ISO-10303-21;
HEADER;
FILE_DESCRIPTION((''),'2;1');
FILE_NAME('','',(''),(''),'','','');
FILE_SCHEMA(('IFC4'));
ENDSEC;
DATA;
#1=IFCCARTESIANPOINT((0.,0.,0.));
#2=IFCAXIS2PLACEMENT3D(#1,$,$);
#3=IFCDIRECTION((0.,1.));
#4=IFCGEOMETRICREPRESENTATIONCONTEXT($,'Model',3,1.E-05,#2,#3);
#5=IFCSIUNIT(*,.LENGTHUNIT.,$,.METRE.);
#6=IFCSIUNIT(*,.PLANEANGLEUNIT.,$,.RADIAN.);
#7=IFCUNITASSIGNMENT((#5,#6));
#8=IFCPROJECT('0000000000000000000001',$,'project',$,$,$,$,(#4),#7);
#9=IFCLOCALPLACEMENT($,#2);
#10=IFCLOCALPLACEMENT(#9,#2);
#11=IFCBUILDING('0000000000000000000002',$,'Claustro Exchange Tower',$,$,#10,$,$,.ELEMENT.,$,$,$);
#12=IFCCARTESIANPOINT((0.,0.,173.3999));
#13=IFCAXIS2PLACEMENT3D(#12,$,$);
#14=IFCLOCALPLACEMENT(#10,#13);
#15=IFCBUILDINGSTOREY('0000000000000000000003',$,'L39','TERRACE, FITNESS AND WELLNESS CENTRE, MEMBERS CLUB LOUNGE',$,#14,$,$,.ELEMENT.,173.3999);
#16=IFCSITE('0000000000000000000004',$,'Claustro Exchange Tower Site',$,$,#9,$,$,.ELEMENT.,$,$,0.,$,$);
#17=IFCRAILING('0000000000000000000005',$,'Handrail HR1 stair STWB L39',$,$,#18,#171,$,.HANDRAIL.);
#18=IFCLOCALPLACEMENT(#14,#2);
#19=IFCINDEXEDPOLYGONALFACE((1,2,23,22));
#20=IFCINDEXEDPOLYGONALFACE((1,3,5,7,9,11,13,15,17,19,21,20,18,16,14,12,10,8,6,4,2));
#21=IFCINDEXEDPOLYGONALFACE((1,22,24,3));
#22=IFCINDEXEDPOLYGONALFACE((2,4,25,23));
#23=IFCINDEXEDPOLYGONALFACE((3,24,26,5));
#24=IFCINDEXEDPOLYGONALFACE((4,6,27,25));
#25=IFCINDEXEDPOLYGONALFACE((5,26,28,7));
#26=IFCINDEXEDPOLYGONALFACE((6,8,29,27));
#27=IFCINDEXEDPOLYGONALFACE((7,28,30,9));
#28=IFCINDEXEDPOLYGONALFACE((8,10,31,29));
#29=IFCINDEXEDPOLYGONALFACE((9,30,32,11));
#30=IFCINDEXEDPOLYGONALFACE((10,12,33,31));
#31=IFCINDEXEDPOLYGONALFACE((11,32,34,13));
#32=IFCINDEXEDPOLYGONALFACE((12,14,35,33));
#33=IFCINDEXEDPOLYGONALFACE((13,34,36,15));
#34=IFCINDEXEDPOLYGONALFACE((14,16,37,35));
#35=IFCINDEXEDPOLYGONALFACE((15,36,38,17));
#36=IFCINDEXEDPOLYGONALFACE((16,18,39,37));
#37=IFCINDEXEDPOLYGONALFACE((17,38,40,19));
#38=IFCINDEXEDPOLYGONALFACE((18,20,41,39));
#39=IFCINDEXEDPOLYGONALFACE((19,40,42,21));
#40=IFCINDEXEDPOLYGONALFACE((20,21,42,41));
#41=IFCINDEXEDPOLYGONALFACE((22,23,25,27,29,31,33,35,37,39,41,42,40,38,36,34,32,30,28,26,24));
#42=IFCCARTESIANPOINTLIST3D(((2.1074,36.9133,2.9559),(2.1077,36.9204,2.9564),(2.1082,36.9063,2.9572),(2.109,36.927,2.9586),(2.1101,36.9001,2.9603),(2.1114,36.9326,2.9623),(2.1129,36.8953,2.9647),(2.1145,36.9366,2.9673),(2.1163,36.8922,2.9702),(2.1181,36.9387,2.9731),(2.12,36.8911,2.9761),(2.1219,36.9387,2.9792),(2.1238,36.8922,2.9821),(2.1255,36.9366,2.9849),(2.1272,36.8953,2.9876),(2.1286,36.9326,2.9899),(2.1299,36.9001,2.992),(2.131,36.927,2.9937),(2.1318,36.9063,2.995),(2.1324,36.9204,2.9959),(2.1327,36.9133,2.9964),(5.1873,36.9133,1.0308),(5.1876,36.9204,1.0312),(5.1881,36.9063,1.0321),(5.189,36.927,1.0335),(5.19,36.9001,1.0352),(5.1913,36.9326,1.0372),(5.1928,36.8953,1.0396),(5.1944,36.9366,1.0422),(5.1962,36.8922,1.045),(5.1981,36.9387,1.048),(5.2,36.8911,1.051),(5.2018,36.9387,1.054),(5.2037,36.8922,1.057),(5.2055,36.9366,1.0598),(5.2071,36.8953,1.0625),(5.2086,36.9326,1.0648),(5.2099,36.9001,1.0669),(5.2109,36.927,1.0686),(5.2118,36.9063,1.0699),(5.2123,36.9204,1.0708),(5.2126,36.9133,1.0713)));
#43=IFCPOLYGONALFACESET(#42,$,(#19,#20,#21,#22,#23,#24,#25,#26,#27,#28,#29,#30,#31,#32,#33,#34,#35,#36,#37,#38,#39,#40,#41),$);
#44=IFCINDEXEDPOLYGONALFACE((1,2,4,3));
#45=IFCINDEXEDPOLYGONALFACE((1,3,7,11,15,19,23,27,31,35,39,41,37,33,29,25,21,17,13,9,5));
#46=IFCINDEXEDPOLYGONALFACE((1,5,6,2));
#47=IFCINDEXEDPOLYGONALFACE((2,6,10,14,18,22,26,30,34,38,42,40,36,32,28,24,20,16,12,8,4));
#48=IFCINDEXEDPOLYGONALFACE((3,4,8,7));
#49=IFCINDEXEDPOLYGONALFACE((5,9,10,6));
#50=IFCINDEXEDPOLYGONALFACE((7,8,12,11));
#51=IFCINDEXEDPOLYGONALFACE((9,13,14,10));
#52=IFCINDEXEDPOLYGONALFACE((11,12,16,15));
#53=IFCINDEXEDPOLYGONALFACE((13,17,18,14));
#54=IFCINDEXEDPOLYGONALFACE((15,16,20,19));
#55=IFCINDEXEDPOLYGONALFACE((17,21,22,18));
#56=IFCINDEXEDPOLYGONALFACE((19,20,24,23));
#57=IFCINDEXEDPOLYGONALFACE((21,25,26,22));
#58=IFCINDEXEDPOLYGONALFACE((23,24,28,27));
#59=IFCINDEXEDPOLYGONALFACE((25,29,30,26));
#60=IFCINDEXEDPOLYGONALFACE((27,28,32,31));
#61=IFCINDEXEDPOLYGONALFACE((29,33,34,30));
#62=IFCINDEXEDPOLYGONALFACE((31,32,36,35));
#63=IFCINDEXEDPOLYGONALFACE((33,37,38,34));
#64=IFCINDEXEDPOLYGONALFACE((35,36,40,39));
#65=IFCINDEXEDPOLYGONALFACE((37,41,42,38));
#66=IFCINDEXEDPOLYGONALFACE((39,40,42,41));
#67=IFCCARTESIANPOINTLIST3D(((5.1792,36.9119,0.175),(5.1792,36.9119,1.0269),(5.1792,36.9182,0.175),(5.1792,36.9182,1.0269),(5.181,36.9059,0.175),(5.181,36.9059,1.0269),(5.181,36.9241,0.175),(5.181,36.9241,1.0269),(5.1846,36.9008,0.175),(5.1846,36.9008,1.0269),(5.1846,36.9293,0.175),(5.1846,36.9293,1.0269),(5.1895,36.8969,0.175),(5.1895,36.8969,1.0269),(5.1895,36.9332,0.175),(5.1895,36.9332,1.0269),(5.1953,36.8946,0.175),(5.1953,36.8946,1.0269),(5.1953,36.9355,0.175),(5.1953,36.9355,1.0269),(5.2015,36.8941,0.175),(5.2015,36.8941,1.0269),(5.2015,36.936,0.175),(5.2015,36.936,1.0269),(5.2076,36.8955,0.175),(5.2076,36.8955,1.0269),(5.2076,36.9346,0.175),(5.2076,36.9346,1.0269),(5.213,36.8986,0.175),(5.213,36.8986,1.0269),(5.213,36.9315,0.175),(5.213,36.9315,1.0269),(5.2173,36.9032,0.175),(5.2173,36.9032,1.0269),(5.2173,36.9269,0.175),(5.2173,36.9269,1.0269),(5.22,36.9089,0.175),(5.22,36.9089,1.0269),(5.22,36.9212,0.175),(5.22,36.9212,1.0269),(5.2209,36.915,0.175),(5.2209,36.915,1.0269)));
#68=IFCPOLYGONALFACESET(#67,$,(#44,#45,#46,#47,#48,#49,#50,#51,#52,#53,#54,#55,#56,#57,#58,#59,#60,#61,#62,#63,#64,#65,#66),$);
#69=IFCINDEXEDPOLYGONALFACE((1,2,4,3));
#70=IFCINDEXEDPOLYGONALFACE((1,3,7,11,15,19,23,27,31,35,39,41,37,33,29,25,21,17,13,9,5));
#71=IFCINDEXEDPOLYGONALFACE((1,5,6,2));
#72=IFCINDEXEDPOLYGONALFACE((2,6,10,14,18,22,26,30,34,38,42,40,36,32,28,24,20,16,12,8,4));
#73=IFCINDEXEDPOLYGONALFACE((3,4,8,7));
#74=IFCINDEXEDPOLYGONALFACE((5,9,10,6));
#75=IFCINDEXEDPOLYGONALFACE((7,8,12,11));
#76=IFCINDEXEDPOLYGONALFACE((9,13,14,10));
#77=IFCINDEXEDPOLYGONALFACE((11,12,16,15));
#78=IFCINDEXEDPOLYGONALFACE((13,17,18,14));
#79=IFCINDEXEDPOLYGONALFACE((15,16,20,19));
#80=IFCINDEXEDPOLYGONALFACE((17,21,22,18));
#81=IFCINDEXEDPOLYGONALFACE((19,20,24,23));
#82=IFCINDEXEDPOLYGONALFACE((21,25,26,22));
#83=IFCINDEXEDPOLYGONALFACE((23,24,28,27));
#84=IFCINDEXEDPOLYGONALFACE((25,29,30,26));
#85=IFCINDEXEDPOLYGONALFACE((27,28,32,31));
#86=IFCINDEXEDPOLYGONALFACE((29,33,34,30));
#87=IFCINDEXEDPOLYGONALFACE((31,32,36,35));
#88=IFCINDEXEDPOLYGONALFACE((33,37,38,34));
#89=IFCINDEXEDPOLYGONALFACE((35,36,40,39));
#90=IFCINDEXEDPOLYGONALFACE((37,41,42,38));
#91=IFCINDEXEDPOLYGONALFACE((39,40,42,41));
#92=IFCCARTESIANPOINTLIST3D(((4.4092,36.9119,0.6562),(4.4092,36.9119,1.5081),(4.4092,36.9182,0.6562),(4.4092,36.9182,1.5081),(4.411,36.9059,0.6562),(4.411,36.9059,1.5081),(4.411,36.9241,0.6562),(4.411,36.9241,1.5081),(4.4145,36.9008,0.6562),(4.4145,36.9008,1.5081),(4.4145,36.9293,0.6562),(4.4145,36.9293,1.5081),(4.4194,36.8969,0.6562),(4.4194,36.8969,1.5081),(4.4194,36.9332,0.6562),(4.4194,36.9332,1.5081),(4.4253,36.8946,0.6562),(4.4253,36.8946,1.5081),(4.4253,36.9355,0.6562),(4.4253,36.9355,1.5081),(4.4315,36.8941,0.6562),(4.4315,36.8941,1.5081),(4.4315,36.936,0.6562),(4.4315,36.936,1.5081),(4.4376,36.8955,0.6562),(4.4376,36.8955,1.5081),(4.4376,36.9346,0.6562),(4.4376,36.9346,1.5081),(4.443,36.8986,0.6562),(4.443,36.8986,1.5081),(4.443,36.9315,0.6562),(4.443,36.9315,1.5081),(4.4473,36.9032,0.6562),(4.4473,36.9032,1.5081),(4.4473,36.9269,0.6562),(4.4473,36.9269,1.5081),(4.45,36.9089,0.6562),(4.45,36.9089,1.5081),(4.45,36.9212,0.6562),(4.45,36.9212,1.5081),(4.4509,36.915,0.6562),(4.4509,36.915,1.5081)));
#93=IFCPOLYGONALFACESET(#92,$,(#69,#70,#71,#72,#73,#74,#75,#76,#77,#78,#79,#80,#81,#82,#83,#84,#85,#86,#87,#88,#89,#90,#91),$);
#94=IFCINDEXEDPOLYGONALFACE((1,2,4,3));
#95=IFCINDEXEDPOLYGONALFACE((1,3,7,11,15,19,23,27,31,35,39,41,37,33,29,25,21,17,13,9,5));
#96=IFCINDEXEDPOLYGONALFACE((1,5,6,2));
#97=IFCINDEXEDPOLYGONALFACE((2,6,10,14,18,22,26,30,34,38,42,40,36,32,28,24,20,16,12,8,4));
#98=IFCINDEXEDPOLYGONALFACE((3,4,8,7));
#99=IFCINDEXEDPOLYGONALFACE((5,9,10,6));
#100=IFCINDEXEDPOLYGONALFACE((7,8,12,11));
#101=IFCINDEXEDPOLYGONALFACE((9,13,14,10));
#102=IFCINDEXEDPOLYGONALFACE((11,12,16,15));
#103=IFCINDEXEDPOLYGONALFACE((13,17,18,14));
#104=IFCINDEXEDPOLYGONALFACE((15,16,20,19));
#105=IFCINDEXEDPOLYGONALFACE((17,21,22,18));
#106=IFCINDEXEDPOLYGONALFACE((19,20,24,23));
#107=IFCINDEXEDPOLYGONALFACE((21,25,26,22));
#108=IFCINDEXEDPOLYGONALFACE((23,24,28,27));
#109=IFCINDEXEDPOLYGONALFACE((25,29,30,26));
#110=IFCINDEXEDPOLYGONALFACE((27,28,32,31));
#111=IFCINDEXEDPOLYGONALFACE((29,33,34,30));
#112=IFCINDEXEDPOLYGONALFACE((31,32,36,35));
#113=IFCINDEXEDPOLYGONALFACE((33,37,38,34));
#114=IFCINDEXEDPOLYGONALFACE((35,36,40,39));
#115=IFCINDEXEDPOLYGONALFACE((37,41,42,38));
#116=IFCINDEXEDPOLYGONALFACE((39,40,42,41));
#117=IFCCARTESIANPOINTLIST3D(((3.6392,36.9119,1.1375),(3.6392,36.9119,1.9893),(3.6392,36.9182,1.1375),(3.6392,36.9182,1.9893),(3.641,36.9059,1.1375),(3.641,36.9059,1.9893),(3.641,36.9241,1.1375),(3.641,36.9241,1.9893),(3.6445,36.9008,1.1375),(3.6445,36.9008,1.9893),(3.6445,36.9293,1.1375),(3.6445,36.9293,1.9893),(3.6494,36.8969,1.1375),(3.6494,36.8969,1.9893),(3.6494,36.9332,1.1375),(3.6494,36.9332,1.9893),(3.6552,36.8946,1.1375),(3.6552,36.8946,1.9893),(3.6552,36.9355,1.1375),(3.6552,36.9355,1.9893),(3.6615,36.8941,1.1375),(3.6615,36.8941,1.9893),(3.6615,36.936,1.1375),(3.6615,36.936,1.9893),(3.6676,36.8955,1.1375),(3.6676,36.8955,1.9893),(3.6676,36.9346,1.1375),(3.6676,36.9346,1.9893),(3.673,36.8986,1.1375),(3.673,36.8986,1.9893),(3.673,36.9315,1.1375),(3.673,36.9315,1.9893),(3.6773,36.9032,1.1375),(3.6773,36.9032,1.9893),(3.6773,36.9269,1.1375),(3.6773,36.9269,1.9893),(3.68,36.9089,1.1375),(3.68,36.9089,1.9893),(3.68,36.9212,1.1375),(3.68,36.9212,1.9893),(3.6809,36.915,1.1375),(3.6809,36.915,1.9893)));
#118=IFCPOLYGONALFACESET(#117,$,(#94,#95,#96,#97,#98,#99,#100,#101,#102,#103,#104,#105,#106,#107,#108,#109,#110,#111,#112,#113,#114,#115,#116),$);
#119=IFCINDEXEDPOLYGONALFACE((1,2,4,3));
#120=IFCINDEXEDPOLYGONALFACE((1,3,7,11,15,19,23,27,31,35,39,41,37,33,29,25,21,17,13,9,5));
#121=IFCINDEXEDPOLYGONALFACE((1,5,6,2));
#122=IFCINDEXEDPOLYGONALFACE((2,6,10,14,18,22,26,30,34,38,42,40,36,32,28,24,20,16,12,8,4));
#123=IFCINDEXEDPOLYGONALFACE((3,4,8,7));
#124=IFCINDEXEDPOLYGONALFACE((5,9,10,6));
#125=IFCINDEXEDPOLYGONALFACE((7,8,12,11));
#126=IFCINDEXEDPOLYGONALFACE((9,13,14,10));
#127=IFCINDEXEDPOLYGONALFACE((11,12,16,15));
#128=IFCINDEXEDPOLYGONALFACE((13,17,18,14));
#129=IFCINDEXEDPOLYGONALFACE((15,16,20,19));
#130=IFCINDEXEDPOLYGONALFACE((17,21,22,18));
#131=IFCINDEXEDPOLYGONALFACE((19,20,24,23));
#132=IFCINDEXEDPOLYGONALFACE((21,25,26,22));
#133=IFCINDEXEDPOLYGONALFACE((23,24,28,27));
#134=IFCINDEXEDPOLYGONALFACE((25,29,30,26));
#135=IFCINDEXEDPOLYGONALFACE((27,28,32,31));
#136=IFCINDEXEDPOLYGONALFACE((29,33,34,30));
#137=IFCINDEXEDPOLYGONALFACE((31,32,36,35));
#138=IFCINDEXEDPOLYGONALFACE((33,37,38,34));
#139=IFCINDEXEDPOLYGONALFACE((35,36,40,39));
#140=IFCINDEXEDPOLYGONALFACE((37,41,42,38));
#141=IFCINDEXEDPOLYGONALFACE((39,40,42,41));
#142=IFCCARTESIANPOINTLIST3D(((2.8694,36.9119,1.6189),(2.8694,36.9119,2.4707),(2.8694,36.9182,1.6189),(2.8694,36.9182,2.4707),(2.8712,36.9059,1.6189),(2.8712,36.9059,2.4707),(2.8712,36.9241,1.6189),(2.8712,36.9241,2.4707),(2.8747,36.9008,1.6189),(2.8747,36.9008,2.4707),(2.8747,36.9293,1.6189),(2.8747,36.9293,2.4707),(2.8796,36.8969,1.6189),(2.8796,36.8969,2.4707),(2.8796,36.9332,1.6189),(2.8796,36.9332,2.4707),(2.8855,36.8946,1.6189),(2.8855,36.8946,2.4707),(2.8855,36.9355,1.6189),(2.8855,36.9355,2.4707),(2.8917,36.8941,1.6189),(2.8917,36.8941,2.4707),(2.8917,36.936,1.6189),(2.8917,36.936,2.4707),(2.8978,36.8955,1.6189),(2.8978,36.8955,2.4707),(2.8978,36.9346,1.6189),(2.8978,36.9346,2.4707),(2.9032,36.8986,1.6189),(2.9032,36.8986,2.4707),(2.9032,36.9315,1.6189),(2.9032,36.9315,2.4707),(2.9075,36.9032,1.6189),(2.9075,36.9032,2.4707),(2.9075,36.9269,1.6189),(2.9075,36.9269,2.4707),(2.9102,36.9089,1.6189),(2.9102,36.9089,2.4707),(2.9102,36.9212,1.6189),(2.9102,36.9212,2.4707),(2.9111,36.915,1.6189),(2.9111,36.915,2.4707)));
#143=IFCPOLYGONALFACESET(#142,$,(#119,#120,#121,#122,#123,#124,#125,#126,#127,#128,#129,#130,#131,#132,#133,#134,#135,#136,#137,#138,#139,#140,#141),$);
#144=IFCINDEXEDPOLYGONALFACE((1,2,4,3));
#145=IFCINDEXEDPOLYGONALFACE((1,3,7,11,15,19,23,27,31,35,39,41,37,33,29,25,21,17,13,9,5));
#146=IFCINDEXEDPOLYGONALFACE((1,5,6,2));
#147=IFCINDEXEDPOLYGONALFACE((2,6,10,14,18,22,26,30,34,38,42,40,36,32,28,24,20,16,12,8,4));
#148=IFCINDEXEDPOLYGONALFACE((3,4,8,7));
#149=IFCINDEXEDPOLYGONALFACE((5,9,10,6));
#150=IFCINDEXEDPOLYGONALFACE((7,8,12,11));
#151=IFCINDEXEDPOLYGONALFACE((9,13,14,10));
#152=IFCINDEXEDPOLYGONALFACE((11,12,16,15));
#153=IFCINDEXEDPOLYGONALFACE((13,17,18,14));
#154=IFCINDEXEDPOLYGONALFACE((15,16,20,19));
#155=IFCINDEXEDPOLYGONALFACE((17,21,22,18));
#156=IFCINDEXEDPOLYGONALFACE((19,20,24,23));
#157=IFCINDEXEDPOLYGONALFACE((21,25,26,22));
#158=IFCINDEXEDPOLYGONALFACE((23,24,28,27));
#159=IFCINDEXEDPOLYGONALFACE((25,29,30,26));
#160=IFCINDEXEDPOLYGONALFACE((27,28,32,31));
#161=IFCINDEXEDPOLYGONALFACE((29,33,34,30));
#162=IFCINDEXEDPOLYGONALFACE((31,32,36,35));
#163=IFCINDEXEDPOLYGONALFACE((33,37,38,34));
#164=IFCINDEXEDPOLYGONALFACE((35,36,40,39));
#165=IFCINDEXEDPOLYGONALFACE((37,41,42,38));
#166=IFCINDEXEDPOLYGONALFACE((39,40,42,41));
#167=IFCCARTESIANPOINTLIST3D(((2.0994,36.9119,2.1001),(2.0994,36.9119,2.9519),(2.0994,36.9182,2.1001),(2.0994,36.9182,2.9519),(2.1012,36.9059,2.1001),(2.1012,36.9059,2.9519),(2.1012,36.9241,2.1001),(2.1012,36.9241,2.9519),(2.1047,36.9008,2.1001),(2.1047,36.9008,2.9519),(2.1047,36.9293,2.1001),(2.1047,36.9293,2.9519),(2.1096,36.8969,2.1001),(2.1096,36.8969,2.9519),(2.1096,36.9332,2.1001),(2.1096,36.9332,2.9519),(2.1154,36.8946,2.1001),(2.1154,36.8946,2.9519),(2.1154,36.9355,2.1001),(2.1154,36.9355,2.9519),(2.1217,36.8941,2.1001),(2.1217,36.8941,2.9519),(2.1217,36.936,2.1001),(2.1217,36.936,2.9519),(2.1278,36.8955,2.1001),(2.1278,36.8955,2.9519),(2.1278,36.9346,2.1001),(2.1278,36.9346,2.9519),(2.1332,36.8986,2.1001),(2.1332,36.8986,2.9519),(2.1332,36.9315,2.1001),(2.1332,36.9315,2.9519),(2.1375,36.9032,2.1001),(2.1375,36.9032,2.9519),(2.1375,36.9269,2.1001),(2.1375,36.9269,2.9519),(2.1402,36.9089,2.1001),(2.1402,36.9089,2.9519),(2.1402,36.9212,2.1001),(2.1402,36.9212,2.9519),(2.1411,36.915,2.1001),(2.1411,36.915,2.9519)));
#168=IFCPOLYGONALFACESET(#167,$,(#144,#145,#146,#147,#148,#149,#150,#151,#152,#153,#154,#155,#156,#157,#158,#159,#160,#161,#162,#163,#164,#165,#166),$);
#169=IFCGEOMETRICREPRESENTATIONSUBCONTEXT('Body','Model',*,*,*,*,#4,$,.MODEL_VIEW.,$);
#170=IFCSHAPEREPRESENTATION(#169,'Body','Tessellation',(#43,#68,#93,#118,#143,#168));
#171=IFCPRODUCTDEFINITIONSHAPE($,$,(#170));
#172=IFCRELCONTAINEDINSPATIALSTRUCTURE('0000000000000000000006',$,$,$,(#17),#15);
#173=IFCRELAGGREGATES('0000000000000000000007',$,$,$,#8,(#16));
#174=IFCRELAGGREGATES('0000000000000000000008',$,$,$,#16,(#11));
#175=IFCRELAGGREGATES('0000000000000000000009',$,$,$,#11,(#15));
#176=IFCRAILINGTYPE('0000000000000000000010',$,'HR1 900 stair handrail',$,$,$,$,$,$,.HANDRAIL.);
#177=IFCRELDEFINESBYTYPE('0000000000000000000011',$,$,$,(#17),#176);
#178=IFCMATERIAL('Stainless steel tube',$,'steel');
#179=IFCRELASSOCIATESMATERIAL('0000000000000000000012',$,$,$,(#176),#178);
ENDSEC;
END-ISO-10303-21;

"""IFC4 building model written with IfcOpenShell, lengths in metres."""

from ifc_helpers import new_model, si_unit, direction, frame, origin, origin_2d, place, context, subcontext, project, spatial, circle, extrude, material, type_object, element, save


model = new_model("IFC4")

# Units and contexts
model_context = context("Model", 3, precision=1e-05, world=origin(), true_north=direction((0.0, 1.0)))
body_context = subcontext(model_context, "Body", "Model", "MODEL_VIEW")
ifc_project = project(units=[si_unit("LENGTHUNIT", "METRE"), si_unit("PLANEANGLEUNIT", "RADIAN")], contexts=[model_context])

# Site, building, storey
site_placement = place(None, origin())
site = spatial("IfcSite", under=ifc_project, at=site_placement, Name="Claustro Exchange Tower Site", CompositionType="ELEMENT", RefElevation=0.0)
building_placement = place(site_placement, origin())
building = spatial("IfcBuilding", under=site, at=building_placement, Name="Claustro Exchange Tower", CompositionType="ELEMENT")
storey_placement = place(building_placement, frame((0.0, 0.0, 173.3999)))
storey = spatial("IfcBuildingStorey", under=building, at=storey_placement, Name="L39", Description="TERRACE, FITNESS AND WELLNESS CENTRE, MEMBERS CLUB LOUNGE", CompositionType="ELEMENT", Elevation=173.3999)

# Railing
ifc_material_1 = material(Name="Stainless steel tube", Category="steel")
railing_type_1 = type_object("IfcRailingType", Name="HR1 900 stair handrail", PredefinedType="HANDRAIL", material=ifc_material_1)
railing_1_placement = place(storey_placement, frame((5.2, 36.915, 0.175)))
element("IfcRailing", 1, at=railing_1_placement, inside=storey, type_object=railing_type_1, Name="Handrail HR1 stair STWB L39", PredefinedType="HANDRAIL", context=body_context, shape_type="SweptSolid", body=[
    extrude(circle(Radius=0.0239, at=origin_2d()), frame((0.0, 0.0, 0.876), z_axis=(-0.847979, 0.0, 0.530029), x_axis=(0.0, -1.0, 0.0)), (0.0, 0.0, 1.0), 3.6321),
    extrude(circle(Radius=0.021, at=origin_2d()), origin(), (0.0, 0.0, 1.0), 0.8518),
    extrude(circle(Radius=0.021, at=origin_2d()), frame((-0.77, 0.0, 0.4812)), (0.0, 0.0, 1.0), 0.8518),
    extrude(circle(Radius=0.021, at=origin_2d()), frame((-1.54, 0.0, 0.9624)), (0.0, 0.0, 1.0), 0.8518),
    extrude(circle(Radius=0.021, at=origin_2d()), frame((-2.3098, 0.0, 1.4438)), (0.0, 0.0, 1.0), 0.8518),
    extrude(circle(Radius=0.021, at=origin_2d()), frame((-3.0798, 0.0, 1.925)), (0.0, 0.0, 1.0), 0.8518),
])

save(model, "model.ifc")
